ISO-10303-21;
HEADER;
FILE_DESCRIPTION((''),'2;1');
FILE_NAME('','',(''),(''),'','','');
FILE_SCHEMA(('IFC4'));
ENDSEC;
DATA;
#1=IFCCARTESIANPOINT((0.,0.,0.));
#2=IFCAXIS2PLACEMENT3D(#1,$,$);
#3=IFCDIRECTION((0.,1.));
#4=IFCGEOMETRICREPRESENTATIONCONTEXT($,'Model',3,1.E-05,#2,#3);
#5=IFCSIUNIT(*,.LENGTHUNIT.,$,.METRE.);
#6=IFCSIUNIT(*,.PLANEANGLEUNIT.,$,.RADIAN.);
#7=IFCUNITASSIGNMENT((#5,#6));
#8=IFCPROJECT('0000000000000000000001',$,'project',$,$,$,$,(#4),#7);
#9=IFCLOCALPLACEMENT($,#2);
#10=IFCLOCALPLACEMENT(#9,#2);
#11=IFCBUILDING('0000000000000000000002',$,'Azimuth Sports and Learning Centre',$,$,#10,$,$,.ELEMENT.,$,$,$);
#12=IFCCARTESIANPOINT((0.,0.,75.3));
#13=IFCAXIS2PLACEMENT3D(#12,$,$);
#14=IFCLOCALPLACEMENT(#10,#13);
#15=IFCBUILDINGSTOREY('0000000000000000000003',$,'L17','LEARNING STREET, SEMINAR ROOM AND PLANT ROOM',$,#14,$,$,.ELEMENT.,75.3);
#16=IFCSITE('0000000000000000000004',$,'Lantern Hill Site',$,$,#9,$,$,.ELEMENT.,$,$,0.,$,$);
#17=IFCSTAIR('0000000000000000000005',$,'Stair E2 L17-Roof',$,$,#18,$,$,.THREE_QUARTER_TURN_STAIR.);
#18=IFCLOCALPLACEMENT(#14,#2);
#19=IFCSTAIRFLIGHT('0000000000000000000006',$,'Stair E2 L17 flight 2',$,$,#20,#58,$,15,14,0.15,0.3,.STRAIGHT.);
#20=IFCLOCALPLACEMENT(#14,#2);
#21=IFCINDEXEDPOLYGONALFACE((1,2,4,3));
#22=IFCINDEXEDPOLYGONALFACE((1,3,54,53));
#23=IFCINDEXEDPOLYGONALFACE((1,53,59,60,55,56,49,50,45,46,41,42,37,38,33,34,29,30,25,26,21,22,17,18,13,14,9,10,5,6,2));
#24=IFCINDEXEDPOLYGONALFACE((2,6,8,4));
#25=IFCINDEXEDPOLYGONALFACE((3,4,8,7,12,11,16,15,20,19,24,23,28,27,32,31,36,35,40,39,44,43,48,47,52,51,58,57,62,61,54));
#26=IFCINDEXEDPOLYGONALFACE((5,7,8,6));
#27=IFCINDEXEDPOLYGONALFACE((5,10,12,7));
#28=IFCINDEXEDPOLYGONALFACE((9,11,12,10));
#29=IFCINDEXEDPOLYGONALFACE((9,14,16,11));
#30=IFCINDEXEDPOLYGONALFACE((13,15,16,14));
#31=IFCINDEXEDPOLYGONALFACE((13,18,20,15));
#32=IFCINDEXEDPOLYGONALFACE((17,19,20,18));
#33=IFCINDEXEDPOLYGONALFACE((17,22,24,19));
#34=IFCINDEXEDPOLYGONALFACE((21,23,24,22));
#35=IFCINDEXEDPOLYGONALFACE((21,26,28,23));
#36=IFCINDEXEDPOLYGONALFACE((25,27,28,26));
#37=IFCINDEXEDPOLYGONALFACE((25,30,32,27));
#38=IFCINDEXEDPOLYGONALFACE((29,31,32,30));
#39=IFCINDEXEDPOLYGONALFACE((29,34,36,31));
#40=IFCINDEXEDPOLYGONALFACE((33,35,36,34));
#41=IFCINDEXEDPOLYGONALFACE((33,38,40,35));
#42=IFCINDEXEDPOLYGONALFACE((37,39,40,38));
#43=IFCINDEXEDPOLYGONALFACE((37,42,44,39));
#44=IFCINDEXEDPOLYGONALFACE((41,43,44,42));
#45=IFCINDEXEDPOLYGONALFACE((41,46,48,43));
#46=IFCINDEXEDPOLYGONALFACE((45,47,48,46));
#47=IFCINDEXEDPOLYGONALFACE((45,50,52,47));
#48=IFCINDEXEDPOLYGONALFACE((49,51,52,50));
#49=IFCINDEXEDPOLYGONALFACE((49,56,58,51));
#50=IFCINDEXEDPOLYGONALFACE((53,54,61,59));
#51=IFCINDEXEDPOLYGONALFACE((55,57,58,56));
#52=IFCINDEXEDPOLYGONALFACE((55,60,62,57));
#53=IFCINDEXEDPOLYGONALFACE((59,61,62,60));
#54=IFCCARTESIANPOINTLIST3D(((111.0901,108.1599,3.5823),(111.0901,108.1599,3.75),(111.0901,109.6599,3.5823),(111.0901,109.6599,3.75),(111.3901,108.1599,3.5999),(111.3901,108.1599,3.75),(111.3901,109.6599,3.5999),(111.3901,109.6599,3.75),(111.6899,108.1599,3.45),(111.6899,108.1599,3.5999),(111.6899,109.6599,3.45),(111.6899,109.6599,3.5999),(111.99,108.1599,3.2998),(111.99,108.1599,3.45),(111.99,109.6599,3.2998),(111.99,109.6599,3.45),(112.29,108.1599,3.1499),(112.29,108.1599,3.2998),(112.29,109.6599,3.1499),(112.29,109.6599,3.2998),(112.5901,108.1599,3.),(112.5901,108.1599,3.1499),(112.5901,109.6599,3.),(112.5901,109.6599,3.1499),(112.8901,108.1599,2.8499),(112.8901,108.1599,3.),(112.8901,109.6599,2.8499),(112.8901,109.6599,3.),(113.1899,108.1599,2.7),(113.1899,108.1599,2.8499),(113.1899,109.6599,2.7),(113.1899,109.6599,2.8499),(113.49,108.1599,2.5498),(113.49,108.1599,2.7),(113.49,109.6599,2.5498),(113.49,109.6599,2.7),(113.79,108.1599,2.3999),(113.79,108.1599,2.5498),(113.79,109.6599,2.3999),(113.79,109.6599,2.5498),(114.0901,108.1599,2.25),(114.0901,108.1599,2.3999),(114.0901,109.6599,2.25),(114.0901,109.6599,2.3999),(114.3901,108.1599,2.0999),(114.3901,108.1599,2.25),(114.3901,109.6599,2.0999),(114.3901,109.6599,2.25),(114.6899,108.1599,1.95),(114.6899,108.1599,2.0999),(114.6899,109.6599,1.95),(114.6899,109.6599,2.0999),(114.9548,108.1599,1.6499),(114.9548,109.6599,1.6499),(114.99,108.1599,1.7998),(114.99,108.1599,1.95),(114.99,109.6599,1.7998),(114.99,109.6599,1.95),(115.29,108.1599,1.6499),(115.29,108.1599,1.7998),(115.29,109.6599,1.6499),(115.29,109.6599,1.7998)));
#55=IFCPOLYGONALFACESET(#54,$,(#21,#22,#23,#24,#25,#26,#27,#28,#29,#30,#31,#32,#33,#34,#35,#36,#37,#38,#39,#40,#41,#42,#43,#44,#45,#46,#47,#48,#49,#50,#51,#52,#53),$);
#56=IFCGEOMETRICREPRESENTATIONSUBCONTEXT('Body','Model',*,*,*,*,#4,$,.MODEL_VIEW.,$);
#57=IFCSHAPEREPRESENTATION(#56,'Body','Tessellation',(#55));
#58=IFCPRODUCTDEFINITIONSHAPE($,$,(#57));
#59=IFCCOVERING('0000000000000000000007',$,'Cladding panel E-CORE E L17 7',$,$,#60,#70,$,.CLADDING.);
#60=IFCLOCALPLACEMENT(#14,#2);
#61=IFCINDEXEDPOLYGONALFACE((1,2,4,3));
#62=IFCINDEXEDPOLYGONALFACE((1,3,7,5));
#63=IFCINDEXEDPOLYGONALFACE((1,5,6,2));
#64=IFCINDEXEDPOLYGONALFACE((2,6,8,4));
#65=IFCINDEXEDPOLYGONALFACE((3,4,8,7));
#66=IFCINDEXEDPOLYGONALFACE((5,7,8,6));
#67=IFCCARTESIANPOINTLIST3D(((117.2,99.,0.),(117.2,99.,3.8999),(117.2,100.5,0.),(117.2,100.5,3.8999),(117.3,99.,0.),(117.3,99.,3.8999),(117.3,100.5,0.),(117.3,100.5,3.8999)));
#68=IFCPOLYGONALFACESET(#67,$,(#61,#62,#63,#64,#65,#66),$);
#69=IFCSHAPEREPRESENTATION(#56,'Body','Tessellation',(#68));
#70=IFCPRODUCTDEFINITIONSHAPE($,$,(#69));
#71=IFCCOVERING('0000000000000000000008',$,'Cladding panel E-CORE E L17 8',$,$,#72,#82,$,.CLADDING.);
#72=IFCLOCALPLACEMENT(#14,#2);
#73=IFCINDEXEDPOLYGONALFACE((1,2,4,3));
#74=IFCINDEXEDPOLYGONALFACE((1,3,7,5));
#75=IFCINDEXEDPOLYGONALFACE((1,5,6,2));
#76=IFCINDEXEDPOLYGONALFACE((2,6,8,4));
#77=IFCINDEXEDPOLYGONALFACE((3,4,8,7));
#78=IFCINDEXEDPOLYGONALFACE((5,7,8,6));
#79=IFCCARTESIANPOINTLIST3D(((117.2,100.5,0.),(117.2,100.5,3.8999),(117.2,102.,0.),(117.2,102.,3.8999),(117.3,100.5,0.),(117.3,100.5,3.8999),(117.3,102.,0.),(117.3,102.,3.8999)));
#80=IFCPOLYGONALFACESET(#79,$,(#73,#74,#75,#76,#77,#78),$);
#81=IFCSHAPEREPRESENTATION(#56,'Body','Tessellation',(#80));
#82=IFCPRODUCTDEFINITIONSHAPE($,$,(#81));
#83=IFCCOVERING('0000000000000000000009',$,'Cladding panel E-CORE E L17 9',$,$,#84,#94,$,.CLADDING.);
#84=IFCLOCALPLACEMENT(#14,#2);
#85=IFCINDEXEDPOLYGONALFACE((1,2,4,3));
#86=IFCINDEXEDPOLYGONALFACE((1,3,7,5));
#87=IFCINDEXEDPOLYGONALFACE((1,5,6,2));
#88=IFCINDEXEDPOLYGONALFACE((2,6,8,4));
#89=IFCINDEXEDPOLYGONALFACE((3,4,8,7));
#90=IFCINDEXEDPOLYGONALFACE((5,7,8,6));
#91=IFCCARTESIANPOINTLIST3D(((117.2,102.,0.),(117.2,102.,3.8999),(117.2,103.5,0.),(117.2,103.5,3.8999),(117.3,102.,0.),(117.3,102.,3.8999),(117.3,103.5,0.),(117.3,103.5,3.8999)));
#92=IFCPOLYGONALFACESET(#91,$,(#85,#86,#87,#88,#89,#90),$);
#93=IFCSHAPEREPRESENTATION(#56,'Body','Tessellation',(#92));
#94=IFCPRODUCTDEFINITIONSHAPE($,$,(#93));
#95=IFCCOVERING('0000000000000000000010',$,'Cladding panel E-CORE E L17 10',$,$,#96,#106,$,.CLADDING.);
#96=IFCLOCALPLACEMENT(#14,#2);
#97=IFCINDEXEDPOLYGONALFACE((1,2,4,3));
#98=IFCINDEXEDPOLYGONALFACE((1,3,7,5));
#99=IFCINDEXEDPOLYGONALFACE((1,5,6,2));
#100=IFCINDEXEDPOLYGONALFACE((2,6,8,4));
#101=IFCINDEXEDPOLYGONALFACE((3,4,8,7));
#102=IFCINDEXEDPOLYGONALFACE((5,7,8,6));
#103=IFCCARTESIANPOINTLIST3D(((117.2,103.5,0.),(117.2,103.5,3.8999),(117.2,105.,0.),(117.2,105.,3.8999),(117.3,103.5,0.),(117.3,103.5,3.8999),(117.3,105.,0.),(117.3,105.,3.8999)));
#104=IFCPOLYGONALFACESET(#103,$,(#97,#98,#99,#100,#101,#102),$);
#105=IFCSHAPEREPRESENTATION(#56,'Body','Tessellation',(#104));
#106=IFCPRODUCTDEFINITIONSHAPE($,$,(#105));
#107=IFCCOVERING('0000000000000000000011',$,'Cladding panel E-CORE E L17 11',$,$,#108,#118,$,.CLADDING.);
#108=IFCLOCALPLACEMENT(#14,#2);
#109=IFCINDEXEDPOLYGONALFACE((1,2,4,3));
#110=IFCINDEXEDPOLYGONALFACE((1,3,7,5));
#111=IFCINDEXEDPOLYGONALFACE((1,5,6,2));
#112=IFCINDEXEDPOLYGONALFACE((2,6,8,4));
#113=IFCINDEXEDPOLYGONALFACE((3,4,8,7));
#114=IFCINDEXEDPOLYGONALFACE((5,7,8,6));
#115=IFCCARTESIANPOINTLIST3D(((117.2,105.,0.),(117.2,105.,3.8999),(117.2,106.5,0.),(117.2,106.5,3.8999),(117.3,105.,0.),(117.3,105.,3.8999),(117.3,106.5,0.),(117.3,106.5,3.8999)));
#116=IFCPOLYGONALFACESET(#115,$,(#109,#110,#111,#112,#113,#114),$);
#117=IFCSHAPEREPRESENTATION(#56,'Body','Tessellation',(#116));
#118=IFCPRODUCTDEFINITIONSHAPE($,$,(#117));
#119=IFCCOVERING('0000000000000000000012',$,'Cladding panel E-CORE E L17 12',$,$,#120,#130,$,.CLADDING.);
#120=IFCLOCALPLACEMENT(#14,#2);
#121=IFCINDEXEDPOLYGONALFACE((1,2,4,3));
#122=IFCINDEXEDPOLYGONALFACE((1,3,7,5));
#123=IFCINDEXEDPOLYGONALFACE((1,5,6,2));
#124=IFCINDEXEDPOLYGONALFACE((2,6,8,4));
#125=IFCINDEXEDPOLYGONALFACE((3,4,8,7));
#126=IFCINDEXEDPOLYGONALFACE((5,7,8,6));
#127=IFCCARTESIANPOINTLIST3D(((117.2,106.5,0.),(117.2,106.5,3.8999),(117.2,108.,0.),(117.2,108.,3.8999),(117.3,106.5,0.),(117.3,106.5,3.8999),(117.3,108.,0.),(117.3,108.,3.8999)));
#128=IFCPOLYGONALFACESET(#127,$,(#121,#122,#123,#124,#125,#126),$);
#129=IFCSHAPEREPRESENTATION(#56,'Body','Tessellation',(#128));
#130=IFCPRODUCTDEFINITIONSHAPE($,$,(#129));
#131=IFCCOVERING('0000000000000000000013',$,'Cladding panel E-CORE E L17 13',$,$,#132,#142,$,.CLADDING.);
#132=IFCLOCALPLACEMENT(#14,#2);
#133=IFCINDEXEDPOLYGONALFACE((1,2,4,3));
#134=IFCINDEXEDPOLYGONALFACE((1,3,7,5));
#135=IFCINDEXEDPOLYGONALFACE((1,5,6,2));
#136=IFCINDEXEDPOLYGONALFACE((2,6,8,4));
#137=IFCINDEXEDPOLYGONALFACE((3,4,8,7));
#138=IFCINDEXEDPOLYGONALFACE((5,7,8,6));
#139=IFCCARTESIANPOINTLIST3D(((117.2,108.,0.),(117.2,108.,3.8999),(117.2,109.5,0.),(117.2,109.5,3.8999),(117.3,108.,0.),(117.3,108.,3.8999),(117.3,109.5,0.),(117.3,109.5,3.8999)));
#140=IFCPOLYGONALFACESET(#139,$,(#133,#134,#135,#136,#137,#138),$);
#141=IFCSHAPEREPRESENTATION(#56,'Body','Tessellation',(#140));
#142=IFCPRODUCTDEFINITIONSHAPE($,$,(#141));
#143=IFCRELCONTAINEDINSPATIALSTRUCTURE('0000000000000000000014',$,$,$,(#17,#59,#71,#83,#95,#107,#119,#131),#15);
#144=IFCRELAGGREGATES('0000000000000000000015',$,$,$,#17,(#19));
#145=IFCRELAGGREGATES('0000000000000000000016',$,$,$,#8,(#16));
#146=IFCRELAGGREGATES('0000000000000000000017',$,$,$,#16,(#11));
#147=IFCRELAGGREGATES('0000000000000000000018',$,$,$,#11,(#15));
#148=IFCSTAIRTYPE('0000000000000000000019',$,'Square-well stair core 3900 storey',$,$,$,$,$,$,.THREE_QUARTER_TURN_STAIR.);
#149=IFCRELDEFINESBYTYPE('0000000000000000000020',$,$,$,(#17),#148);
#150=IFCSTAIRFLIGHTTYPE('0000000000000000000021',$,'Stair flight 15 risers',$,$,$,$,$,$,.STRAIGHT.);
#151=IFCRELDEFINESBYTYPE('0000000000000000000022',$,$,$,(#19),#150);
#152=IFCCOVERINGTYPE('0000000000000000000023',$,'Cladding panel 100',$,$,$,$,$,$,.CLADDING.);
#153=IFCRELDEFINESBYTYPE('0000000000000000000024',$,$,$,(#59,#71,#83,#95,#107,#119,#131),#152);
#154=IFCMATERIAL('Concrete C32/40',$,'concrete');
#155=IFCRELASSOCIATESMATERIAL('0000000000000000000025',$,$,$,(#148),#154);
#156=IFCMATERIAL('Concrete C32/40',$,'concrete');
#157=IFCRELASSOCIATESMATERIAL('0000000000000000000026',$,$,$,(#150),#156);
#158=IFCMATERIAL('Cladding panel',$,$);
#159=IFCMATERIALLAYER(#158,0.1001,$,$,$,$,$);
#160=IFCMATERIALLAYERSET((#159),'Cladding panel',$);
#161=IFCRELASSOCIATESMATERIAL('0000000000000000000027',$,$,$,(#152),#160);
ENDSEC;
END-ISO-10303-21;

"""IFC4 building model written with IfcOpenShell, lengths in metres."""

from ifc_helpers import new_model, si_unit, direction, frame, origin, origin_2d, place, context, subcontext, project, spatial, polyline, rectangle, outline, extrude, material, layer, layer_set, type_object, element, aggregate, save


model = new_model("IFC4")

# Units and contexts
model_context = context("Model", 3, precision=1e-05, world=origin(), true_north=direction((0.0, 1.0)))
body_context = subcontext(model_context, "Body", "Model", "MODEL_VIEW")
ifc_project = project(units=[si_unit("LENGTHUNIT", "METRE"), si_unit("PLANEANGLEUNIT", "RADIAN")], contexts=[model_context])

# Site, building, storey
site_placement = place(None, origin())
site = spatial("IfcSite", under=ifc_project, at=site_placement, Name="Lantern Hill Site", CompositionType="ELEMENT", RefElevation=0.0)
building_placement = place(site_placement, origin())
building = spatial("IfcBuilding", under=site, at=building_placement, Name="Azimuth Sports and Learning Centre", CompositionType="ELEMENT")
storey_placement = place(building_placement, frame((0.0, 0.0, 75.3)))
storey = spatial("IfcBuildingStorey", under=building, at=storey_placement, Name="L17", Description="LEARNING STREET, SEMINAR ROOM AND PLANT ROOM", CompositionType="ELEMENT", Elevation=75.3)

# Stair, stair flight
ifc_material_1 = material(Name="Concrete C32/40", Category="concrete")
stair_type = type_object("IfcStairType", Name="Square-well stair core 3900 storey", PredefinedType="THREE_QUARTER_TURN_STAIR", material=ifc_material_1)
stair_placement = place(storey_placement, origin())
stair = element("IfcStair", 1, at=stair_placement, inside=storey, type_object=stair_type, Name="Stair E2 L17-Roof", PredefinedType="THREE_QUARTER_TURN_STAIR")
ifc_material_2 = material(Name="Concrete C32/40", Category="concrete")
stair_flight_type = type_object("IfcStairFlightType", Name="Stair flight 15 risers", PredefinedType="STRAIGHT", material=ifc_material_2)
stair_flight_placement = place(storey_placement, frame((115.29, 108.9099, 1.6499), z_axis=(0.0, 0.0, 1.0), x_axis=(-1.0, 0.0, 0.0)))
stair_flight = element("IfcStairFlight", 2, at=stair_flight_placement, type_object=stair_flight_type, Name="Stair E2 L17 flight 2", NumberOfRisers=15, NumberOfTreads=14, PredefinedType="STRAIGHT", RiserHeight=0.15, TreadLength=0.3, context=body_context, shape_type="SweptSolid", body=[
    extrude(outline(polyline([(0.0, 0.0), (0.0, 0.1499), (0.3, 0.1499), (0.3, 0.3), (0.6001, 0.3), (0.6001, 0.45), (0.8999, 0.45), (0.8999, 0.6001), (1.2, 0.6001), (1.2, 0.75), (1.5, 0.75), (1.5, 0.8999), (1.8, 0.8999), (1.8, 1.05), (2.1001, 1.05), (2.1001, 1.2), (2.3999, 1.2), (2.3999, 1.3501), (2.7, 1.3501), (2.7, 1.5), (3.0, 1.5), (3.0, 1.6499), (3.3, 1.6499), (3.3, 1.8), (3.6001, 1.8), (3.6001, 1.95), (3.8999, 1.95), (3.8999, 2.1001), (4.2, 2.1001), (4.2, 2.25), (4.2, 1.9324), (0.3352, 0.0), (0.0, 0.0)])), frame((0.0, 0.75, 0.0), z_axis=(0.0, -1.0, 0.0), x_axis=(1.0, 0.0, 0.0)), (0.0, 0.0, 1.0), 1.5),
])
aggregate(stair, [stair_flight])

# Coverings
ifc_material_3 = material(Name="Cladding panel")
ifc_layer_1 = layer(ifc_material_3, 0.1001)
ifc_layer_set_1 = layer_set([ifc_layer_1], Name="Cladding panel")
covering_type = type_object("IfcCoveringType", Name="Cladding panel 100", PredefinedType="CLADDING", material=ifc_layer_set_1)
for number, where, z_axis, x_axis, name in (
    (3, (117.25, 99.75, 0.0), (0.0, 0.0, 1.0), (0.0, 1.0, 0.0), "Cladding panel E-CORE E L17 7"),
    (4, (117.25, 101.25, 0.0), (0.0, 0.0, 1.0), (0.0, 1.0, 0.0), "Cladding panel E-CORE E L17 8"),
    (5, (117.25, 102.75, 0.0), (0.0, 0.0, 1.0), (0.0, 1.0, 0.0), "Cladding panel E-CORE E L17 9"),
    (6, (117.25, 104.25, 0.0), (0.0, 0.0, 1.0), (0.0, 1.0, 0.0), "Cladding panel E-CORE E L17 10"),
    (7, (117.25, 105.75, 0.0), (0.0, 0.0, 1.0), (0.0, 1.0, 0.0), "Cladding panel E-CORE E L17 11"),
    (8, (117.25, 107.25, 0.0), (0.0, 0.0, 1.0), (0.0, 1.0, 0.0), "Cladding panel E-CORE E L17 12"),
    (9, (117.25, 108.75, 0.0), (0.0, 0.0, 1.0), (0.0, 1.0, 0.0), "Cladding panel E-CORE E L17 13"),
):
    element("IfcCovering", number, at=place(storey_placement, frame(where, z_axis=z_axis, x_axis=x_axis)), inside=storey, type_object=covering_type, Name=name, PredefinedType="CLADDING", context=body_context, shape_type="SweptSolid", body=[
        extrude(rectangle(XDim=1.5, YDim=0.1001, at=origin_2d()), origin(), (0.0, 0.0, 1.0), 3.8999),
    ])

save(model, "model.ifc")
